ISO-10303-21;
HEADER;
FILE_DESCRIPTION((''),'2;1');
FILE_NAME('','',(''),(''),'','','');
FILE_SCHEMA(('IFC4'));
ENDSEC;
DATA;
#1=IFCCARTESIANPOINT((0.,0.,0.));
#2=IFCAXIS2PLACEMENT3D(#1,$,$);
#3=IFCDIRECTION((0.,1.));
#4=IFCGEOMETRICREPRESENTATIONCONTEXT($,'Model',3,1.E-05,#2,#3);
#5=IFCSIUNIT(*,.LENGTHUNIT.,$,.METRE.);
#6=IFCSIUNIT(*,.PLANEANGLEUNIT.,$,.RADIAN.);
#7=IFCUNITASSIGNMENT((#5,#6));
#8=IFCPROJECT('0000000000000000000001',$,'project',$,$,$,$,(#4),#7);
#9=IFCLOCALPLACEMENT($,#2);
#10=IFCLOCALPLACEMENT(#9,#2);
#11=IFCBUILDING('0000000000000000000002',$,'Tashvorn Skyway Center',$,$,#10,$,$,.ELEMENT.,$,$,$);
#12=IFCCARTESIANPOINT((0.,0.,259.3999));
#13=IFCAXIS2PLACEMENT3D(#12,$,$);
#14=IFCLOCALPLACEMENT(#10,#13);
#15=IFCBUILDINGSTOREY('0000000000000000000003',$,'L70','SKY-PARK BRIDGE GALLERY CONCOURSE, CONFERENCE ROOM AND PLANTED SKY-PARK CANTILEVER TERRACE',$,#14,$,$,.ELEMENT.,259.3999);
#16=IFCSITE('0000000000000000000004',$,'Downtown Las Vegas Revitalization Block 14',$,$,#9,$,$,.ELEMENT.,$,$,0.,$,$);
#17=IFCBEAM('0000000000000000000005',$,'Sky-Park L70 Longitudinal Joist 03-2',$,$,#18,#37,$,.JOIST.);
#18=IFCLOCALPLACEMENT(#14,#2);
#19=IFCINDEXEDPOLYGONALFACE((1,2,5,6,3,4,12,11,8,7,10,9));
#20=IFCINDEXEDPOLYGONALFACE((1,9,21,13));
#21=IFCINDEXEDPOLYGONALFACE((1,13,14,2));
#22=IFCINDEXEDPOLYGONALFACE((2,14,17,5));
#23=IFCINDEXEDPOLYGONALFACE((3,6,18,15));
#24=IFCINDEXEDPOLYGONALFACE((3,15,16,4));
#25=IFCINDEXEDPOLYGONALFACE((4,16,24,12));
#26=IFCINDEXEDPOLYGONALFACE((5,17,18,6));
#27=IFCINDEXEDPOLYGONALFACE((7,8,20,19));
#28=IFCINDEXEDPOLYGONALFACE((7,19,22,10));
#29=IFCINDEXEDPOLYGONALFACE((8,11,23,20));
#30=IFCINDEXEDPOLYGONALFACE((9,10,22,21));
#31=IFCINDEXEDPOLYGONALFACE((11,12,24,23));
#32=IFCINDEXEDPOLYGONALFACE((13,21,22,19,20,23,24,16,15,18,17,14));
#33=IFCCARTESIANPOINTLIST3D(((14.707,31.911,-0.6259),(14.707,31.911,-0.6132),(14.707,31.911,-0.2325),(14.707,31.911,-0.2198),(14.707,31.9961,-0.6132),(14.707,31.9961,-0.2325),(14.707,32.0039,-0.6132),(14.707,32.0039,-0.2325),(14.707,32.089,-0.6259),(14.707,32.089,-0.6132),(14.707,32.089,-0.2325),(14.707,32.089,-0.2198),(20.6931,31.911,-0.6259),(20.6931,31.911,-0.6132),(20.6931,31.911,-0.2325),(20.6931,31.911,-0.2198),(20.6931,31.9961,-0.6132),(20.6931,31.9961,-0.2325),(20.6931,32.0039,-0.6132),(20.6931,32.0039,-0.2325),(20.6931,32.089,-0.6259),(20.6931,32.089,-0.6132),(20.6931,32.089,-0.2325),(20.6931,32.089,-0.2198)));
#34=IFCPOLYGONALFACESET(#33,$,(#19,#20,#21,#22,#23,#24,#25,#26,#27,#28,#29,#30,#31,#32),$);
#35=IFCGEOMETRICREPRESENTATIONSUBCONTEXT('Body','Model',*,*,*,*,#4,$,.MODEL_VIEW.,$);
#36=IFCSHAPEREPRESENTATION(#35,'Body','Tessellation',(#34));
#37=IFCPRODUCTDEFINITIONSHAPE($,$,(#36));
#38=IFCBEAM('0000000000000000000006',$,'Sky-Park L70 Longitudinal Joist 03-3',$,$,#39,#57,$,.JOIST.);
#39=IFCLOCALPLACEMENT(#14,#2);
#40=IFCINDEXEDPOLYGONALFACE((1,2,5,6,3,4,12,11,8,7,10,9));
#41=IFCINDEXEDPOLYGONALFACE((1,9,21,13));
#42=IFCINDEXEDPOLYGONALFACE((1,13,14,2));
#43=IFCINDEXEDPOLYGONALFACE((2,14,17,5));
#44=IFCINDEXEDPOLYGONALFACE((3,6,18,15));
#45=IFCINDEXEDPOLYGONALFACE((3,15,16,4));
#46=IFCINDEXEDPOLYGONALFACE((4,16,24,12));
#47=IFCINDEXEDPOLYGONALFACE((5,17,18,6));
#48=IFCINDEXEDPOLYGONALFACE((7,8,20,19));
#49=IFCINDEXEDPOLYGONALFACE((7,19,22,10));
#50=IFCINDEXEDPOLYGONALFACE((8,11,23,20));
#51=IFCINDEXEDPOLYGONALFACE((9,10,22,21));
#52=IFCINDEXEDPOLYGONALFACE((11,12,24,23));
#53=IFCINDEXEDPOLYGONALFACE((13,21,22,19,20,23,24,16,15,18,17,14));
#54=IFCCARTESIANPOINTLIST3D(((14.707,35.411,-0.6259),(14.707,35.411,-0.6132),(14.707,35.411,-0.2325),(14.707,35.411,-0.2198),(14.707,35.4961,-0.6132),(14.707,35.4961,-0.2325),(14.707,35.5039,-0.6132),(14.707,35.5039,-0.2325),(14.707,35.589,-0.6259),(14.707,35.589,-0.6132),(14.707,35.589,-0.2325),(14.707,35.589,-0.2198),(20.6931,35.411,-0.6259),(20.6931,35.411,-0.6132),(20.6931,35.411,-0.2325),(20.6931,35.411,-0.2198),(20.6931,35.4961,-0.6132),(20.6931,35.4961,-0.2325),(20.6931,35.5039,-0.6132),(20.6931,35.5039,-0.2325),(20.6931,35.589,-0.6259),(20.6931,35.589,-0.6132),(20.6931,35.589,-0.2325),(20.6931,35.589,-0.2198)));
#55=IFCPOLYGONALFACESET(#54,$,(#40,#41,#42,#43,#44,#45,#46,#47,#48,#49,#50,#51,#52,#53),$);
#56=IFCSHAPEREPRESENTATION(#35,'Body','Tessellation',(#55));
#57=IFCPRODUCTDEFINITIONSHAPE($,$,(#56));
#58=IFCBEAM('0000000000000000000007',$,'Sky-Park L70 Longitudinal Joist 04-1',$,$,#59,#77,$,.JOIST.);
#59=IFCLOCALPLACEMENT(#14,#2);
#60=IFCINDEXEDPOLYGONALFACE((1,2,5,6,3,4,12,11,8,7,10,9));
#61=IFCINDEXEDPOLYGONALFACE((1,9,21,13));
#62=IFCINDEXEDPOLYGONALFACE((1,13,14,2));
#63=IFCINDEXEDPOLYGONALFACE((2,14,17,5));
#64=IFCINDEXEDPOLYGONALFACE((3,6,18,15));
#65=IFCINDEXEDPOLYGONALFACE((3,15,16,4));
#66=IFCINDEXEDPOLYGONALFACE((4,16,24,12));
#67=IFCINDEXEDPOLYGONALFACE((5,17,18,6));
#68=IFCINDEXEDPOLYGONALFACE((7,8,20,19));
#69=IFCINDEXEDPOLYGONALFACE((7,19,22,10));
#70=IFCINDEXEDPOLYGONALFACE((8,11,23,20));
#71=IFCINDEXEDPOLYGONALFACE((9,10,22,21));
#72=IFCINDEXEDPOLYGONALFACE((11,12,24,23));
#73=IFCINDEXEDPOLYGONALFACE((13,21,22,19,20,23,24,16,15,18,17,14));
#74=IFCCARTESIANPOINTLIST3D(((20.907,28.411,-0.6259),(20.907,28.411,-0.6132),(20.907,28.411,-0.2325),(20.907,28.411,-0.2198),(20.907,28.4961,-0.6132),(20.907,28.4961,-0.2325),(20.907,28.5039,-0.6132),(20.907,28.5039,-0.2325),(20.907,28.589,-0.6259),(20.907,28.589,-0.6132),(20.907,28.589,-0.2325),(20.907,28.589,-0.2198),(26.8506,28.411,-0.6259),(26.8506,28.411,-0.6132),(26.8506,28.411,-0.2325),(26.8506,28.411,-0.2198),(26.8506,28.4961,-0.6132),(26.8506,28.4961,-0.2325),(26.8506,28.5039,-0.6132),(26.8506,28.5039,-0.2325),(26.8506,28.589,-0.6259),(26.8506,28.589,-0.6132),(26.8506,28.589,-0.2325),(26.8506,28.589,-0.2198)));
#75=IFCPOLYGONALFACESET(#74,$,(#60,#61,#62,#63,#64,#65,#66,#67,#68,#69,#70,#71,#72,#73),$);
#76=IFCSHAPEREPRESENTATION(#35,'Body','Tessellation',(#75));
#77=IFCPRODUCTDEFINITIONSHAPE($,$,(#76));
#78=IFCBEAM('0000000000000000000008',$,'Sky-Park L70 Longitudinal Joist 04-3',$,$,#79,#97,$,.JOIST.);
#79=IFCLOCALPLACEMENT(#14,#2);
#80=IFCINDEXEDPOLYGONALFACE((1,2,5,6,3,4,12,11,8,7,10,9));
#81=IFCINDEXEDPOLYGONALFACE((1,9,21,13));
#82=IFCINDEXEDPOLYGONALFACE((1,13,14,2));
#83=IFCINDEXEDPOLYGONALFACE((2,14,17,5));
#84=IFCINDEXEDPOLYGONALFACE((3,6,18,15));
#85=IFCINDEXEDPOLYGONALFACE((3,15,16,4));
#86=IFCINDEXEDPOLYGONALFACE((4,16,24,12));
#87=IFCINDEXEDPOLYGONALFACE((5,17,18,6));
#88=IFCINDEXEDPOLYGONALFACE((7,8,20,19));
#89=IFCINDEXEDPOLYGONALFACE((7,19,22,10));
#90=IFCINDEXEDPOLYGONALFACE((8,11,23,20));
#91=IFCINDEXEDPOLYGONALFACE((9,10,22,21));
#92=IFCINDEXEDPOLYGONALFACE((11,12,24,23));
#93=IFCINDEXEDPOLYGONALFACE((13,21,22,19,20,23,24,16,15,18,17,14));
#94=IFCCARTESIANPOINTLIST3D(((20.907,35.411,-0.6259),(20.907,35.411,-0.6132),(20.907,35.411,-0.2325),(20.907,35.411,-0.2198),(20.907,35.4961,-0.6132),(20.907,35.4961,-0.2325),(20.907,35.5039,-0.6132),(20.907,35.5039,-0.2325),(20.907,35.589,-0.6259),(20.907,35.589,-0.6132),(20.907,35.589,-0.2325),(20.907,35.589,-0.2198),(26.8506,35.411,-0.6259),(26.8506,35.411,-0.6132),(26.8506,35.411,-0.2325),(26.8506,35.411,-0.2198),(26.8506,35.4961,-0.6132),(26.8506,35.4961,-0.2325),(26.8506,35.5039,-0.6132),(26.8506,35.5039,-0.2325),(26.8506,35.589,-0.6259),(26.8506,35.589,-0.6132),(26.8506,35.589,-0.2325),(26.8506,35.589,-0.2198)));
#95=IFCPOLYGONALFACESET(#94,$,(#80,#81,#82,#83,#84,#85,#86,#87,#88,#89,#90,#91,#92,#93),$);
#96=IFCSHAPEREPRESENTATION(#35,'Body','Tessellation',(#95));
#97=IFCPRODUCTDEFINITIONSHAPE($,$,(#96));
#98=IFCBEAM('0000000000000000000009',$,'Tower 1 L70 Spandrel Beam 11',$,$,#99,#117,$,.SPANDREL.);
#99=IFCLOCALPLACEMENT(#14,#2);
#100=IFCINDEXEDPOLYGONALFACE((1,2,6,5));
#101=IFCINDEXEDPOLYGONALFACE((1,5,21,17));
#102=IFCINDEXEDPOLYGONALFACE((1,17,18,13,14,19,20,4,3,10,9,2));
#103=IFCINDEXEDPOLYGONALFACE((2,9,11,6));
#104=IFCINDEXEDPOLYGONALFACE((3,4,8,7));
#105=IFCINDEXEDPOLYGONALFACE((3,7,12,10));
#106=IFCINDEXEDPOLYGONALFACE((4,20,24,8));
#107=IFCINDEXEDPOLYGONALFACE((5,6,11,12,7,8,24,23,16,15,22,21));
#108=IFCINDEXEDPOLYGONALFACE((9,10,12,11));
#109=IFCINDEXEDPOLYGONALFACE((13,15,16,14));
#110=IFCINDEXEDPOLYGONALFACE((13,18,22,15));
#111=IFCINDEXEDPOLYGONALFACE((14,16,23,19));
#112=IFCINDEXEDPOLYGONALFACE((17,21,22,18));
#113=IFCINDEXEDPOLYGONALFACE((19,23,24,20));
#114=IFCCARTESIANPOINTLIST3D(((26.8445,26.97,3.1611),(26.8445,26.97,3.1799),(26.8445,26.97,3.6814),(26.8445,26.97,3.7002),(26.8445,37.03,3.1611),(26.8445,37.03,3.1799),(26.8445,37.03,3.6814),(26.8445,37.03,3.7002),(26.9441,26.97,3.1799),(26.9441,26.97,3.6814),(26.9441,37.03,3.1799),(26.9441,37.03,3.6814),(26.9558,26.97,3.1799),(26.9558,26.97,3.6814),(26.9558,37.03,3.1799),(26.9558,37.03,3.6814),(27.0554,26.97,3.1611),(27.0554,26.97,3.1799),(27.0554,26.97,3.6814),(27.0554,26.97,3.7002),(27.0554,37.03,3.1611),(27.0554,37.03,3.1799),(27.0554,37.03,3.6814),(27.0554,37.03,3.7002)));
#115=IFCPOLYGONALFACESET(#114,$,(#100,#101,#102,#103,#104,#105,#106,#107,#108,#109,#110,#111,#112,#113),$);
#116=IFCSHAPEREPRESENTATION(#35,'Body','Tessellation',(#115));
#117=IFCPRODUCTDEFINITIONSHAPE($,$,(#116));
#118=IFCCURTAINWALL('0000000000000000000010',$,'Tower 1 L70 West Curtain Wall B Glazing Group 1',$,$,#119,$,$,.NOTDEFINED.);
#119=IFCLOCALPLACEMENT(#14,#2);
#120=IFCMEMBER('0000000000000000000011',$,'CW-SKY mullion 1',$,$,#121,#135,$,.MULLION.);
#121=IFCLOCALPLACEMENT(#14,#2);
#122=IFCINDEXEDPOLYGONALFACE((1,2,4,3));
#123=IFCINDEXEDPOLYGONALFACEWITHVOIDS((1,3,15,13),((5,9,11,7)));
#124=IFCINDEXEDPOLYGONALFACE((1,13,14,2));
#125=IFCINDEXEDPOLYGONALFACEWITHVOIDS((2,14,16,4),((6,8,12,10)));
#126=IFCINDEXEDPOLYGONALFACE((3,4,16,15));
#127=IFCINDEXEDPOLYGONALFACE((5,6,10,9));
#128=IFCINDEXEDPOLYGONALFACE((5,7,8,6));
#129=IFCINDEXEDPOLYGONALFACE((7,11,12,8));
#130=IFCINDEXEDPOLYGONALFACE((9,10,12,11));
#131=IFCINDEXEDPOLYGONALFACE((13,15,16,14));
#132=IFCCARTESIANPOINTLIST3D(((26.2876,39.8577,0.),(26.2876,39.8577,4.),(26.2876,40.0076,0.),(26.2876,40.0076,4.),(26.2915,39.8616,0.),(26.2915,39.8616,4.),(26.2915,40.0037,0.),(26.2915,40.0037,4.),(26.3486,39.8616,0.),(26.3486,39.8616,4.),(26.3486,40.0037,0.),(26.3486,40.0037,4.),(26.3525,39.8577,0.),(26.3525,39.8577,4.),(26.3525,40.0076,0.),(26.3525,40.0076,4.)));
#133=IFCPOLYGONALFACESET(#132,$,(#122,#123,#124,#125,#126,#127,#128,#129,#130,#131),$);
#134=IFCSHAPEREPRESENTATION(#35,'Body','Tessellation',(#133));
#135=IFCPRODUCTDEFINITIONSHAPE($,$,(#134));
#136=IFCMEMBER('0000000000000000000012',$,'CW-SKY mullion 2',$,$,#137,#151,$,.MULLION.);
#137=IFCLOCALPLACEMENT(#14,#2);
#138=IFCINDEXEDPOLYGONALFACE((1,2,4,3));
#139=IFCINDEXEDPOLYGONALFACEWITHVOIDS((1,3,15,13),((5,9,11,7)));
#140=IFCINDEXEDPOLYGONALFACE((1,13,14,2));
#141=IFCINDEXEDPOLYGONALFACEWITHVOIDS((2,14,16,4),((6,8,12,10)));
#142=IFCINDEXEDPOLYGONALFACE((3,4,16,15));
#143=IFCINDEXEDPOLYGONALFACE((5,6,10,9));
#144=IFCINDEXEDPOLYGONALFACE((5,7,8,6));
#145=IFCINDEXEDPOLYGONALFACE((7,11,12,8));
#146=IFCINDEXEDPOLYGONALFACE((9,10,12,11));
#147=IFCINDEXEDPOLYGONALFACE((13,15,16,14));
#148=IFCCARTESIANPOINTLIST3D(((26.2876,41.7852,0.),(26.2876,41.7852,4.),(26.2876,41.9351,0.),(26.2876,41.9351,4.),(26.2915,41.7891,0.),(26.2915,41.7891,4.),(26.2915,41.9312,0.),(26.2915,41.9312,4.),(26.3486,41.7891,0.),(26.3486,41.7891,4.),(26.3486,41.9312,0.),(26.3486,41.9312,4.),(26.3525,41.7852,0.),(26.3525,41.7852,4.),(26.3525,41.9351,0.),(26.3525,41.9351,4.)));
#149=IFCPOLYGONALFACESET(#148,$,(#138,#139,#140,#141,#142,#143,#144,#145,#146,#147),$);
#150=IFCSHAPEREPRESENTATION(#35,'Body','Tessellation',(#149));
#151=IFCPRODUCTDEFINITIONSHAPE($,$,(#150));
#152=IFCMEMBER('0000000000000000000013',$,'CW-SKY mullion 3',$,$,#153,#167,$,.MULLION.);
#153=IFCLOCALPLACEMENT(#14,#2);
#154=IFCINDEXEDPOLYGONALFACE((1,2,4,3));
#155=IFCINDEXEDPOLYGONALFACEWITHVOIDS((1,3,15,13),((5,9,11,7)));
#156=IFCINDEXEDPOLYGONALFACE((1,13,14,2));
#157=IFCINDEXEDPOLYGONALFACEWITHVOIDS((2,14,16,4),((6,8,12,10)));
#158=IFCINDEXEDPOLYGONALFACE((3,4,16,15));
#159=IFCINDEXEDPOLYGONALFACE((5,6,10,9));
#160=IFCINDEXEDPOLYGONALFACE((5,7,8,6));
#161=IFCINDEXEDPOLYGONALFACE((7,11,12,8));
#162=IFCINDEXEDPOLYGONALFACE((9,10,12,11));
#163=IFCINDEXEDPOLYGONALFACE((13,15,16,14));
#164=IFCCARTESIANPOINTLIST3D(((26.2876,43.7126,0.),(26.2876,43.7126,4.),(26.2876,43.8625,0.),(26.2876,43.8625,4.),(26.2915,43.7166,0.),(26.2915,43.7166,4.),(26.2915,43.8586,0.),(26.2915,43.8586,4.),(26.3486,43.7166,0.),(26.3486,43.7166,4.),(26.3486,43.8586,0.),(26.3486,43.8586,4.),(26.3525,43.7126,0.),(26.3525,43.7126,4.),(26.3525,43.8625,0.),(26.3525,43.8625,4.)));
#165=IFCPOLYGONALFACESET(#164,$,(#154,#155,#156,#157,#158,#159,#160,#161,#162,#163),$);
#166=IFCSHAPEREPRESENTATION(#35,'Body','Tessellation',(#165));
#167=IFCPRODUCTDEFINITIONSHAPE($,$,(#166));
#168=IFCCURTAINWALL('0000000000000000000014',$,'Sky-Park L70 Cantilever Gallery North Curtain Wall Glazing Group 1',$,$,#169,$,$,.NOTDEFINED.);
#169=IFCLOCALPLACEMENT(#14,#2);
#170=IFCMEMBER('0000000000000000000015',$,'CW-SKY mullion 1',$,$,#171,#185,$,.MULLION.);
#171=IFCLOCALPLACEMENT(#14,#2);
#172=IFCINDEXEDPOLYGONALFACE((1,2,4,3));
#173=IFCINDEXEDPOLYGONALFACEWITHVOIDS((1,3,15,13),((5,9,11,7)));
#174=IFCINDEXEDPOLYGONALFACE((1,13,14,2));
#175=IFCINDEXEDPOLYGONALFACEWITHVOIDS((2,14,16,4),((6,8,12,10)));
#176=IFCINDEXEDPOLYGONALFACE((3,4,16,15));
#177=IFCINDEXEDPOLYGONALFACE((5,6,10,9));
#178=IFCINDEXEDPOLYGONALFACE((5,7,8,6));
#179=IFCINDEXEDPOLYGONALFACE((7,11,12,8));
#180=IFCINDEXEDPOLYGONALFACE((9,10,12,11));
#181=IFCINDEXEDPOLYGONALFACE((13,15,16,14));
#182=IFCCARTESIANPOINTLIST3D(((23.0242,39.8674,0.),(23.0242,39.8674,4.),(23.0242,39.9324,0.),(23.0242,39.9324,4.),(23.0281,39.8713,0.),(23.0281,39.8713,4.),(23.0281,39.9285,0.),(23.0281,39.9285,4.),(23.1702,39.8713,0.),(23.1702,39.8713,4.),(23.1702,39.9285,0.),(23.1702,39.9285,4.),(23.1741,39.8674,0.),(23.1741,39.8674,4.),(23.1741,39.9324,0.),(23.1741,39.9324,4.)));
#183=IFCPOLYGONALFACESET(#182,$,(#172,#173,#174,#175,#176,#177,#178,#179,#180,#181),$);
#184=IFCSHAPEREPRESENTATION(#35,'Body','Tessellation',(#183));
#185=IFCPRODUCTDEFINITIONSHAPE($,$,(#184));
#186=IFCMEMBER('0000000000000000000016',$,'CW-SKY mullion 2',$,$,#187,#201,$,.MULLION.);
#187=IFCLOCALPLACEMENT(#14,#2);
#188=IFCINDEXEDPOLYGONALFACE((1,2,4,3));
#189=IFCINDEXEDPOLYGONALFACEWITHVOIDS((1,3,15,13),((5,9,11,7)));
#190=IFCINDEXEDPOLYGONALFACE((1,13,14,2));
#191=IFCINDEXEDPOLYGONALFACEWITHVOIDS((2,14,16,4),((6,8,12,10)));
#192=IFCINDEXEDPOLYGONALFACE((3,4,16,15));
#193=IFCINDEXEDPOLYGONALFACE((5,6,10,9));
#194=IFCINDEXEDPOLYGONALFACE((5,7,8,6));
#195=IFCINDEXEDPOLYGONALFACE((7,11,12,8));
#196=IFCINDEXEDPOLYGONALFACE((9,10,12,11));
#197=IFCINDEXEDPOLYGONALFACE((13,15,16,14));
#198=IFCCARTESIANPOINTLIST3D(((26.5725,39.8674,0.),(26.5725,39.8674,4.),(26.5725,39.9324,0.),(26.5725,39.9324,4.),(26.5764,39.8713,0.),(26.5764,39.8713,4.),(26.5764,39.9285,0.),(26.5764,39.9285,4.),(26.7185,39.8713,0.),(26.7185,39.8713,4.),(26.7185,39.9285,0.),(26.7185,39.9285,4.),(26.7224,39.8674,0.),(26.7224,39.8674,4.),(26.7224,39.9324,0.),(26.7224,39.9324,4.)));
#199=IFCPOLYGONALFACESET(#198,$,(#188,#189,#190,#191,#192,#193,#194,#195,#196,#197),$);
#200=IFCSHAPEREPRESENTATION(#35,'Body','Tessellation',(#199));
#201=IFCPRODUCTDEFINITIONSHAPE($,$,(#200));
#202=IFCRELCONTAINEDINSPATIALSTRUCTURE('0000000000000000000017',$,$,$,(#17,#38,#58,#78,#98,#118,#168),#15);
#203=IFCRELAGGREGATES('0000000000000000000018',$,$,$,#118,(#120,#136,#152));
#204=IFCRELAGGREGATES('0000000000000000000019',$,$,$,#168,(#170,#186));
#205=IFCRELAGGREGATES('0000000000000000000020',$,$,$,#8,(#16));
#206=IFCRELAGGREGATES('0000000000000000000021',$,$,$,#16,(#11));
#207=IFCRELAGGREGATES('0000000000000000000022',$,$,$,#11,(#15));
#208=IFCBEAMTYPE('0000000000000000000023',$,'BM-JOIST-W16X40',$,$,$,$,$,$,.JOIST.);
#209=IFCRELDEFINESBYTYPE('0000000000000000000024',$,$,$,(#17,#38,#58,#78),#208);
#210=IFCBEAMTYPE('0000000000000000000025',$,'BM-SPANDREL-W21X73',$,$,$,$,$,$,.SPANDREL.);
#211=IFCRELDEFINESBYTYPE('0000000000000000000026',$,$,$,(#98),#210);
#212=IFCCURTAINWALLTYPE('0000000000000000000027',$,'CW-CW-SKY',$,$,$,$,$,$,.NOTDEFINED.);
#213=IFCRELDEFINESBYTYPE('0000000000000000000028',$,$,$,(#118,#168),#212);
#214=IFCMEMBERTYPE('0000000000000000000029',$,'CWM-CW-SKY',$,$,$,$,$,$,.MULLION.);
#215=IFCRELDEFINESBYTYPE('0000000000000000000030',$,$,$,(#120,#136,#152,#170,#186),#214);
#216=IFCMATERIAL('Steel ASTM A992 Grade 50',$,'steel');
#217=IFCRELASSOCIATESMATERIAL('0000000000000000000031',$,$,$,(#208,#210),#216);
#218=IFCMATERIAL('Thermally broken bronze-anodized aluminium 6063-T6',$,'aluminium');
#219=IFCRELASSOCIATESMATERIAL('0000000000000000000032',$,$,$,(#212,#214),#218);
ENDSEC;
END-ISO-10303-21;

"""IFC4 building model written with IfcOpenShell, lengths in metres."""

from ifc_helpers import new_model, si_unit, direction, frame, origin, origin_2d, place, context, subcontext, project, spatial, hollow_rectangle, i_section, extrude, material, material_profile, profile_set, type_object, element, aggregate, save


model = new_model("IFC4")

# Units and contexts
model_context = context("Model", 3, precision=1e-05, world=origin(), true_north=direction((0.0, 1.0)))
body_context = subcontext(model_context, "Body", "Model", "MODEL_VIEW")
ifc_project = project(units=[si_unit("LENGTHUNIT", "METRE"), si_unit("PLANEANGLEUNIT", "RADIAN")], contexts=[model_context])

# Site, building, storey
site_placement = place(None, origin())
site = spatial("IfcSite", under=ifc_project, at=site_placement, Name="Downtown Las Vegas Revitalization Block 14", CompositionType="ELEMENT", RefElevation=0.0)
building_placement = place(site_placement, origin())
building = spatial("IfcBuilding", under=site, at=building_placement, Name="Tashvorn Skyway Center", CompositionType="ELEMENT")
storey_placement = place(building_placement, frame((0.0, 0.0, 259.3999)))
storey = spatial("IfcBuildingStorey", under=building, at=storey_placement, Name="L70", Description="SKY-PARK BRIDGE GALLERY CONCOURSE, CONFERENCE ROOM AND PLANTED SKY-PARK CANTILEVER TERRACE", CompositionType="ELEMENT", Elevation=259.3999)

# Beams
ifc_material_1 = material(Name="Steel ASTM A992 Grade 50", Category="steel")
ifc_material_profile_1 = material_profile(ifc_material_1, i_section(OverallWidth=0.178, OverallDepth=0.406, WebThickness=0.0078, FlangeThickness=0.0127, at=origin_2d()), Name="W16X40")
ifc_profile_set_1 = profile_set([ifc_material_profile_1], Name="Steel ASTM A992 Grade 50")
beam_type_1 = type_object("IfcBeamType", Name="BM-JOIST-W16X40", PredefinedType="JOIST", material=ifc_profile_set_1)
for number, where, z_axis, x_axis, name in (
    (1, (14.707, 32.0, -0.4229), (1.0, 0.0, 0.0), (0.0, 1.0, 0.0), "Sky-Park L70 Longitudinal Joist 03-2"),
    (2, (14.707, 35.5, -0.4229), (1.0, 0.0, 0.0), (0.0, 1.0, 0.0), "Sky-Park L70 Longitudinal Joist 03-3"),
):
    element("IfcBeam", number, at=place(storey_placement, frame(where, z_axis=z_axis, x_axis=x_axis)), inside=storey, type_object=beam_type_1, Name=name, PredefinedType="JOIST", context=body_context, shape_type="SweptSolid", body=[
        extrude(i_section(OverallWidth=0.178, OverallDepth=0.406, WebThickness=0.0078, FlangeThickness=0.0127, at=origin_2d()), origin(), (0.0, 0.0, 1.0), 5.9861),
    ])
for number, where, z_axis, x_axis, name in (
    (3, (20.907, 28.5, -0.4229), (1.0, 0.0, 0.0), (0.0, 1.0, 0.0), "Sky-Park L70 Longitudinal Joist 04-1"),
    (4, (20.907, 35.5, -0.4229), (1.0, 0.0, 0.0), (0.0, 1.0, 0.0), "Sky-Park L70 Longitudinal Joist 04-3"),
):
    element("IfcBeam", number, at=place(storey_placement, frame(where, z_axis=z_axis, x_axis=x_axis)), inside=storey, type_object=beam_type_1, Name=name, PredefinedType="JOIST", context=body_context, shape_type="SweptSolid", body=[
        extrude(i_section(OverallWidth=0.178, OverallDepth=0.406, WebThickness=0.0078, FlangeThickness=0.0127, at=origin_2d()), origin(), (0.0, 0.0, 1.0), 5.9436),
    ])
ifc_material_profile_2 = material_profile(ifc_material_1, i_section(OverallWidth=0.2109, OverallDepth=0.5391, WebThickness=0.0117, FlangeThickness=0.0188, at=origin_2d()), Name="W21X73")
ifc_profile_set_2 = profile_set([ifc_material_profile_2], Name="Steel ASTM A992 Grade 50")
beam_type_2 = type_object("IfcBeamType", Name="BM-SPANDREL-W21X73", PredefinedType="SPANDREL", material=ifc_profile_set_2)
beam_1_placement = place(storey_placement, frame((26.95, 37.03, 3.4307), z_axis=(0.0, -1.0, 0.0), x_axis=(1.0, 0.0, 0.0)))
element("IfcBeam", 5, at=beam_1_placement, inside=storey, type_object=beam_type_2, Name="Tower 1 L70 Spandrel Beam 11", PredefinedType="SPANDREL", context=body_context, shape_type="SweptSolid", body=[
    extrude(i_section(OverallWidth=0.2109, OverallDepth=0.5391, WebThickness=0.0117, FlangeThickness=0.0188, at=origin_2d()), origin(), (0.0, 0.0, 1.0), 10.0601),
])

# Curtain walls, members
ifc_material_2 = material(Name="Thermally broken bronze-anodized aluminium 6063-T6", Category="aluminium")
curtain_wall_type = type_object("IfcCurtainWallType", Name="CW-CW-SKY", PredefinedType="NOTDEFINED", material=ifc_material_2)
curtain_wall_1_placement = place(storey_placement, origin())
curtain_wall_1 = element("IfcCurtainWall", 6, at=curtain_wall_1_placement, inside=storey, type_object=curtain_wall_type, Name="Tower 1 L70 West Curtain Wall B Glazing Group 1", PredefinedType="NOTDEFINED")
ifc_material_profile_3 = material_profile(ifc_material_2, hollow_rectangle(XDim=0.0649, YDim=0.1499, WallThickness=0.0039, at=origin_2d()), Name="ALU-MULL-65x150")
ifc_profile_set_3 = profile_set([ifc_material_profile_3], Name="Thermally broken bronze-anodized aluminium 6063-T6")
member_type_1 = type_object("IfcMemberType", Name="CWM-CW-SKY", PredefinedType="MULLION", material=ifc_profile_set_3)
member_1_placement = place(storey_placement, frame((26.3201, 39.9326, 0.0), z_axis=(0.0, 0.0, 1.0), x_axis=(-1.0, 0.0, 0.0)))
member_1 = element("IfcMember", 7, at=member_1_placement, type_object=member_type_1, Name="CW-SKY mullion 1", PredefinedType="MULLION", context=body_context, shape_type="SweptSolid", body=[
    extrude(hollow_rectangle(XDim=0.0649, YDim=0.1499, WallThickness=0.0039, at=origin_2d()), origin(), (0.0, 0.0, 1.0), 4.0),
])
member_2_placement = place(storey_placement, frame((26.3201, 41.8601, 0.0), z_axis=(0.0, 0.0, 1.0), x_axis=(-1.0, 0.0, 0.0)))
member_2 = element("IfcMember", 8, at=member_2_placement, type_object=member_type_1, Name="CW-SKY mullion 2", PredefinedType="MULLION", context=body_context, shape_type="SweptSolid", body=[
    extrude(hollow_rectangle(XDim=0.0649, YDim=0.1499, WallThickness=0.0039, at=origin_2d()), origin(), (0.0, 0.0, 1.0), 4.0),
])
member_3_placement = place(storey_placement, frame((26.3201, 43.7876, 0.0), z_axis=(0.0, 0.0, 1.0), x_axis=(-1.0, 0.0, 0.0)))
member_3 = element("IfcMember", 9, at=member_3_placement, type_object=member_type_1, Name="CW-SKY mullion 3", PredefinedType="MULLION", context=body_context, shape_type="SweptSolid", body=[
    extrude(hollow_rectangle(XDim=0.0649, YDim=0.1499, WallThickness=0.0039, at=origin_2d()), origin(), (0.0, 0.0, 1.0), 4.0),
])
curtain_wall_2_placement = place(storey_placement, origin())
curtain_wall_2 = element("IfcCurtainWall", 10, at=curtain_wall_2_placement, inside=storey, type_object=curtain_wall_type, Name="Sky-Park L70 Cantilever Gallery North Curtain Wall Glazing Group 1", PredefinedType="NOTDEFINED")
member_4_placement = place(storey_placement, frame((23.0991, 39.8999, 0.0), z_axis=(0.0, 0.0, 1.0), x_axis=(0.0, 1.0, 0.0)))
member_4 = element("IfcMember", 11, at=member_4_placement, type_object=member_type_1, Name="CW-SKY mullion 1", PredefinedType="MULLION", context=body_context, shape_type="SweptSolid", body=[
    extrude(hollow_rectangle(XDim=0.0649, YDim=0.1499, WallThickness=0.0039, at=origin_2d()), origin(), (0.0, 0.0, 1.0), 4.0),
])
member_5_placement = place(storey_placement, frame((26.6475, 39.8999, 0.0), z_axis=(0.0, 0.0, 1.0), x_axis=(0.0, 1.0, 0.0)))
member_5 = element("IfcMember", 12, at=member_5_placement, type_object=member_type_1, Name="CW-SKY mullion 2", PredefinedType="MULLION", context=body_context, shape_type="SweptSolid", body=[
    extrude(hollow_rectangle(XDim=0.0649, YDim=0.1499, WallThickness=0.0039, at=origin_2d()), origin(), (0.0, 0.0, 1.0), 4.0),
])

aggregate(curtain_wall_1, [member_1, member_2, member_3])
aggregate(curtain_wall_2, [member_4, member_5])

save(model, "model.ifc")
